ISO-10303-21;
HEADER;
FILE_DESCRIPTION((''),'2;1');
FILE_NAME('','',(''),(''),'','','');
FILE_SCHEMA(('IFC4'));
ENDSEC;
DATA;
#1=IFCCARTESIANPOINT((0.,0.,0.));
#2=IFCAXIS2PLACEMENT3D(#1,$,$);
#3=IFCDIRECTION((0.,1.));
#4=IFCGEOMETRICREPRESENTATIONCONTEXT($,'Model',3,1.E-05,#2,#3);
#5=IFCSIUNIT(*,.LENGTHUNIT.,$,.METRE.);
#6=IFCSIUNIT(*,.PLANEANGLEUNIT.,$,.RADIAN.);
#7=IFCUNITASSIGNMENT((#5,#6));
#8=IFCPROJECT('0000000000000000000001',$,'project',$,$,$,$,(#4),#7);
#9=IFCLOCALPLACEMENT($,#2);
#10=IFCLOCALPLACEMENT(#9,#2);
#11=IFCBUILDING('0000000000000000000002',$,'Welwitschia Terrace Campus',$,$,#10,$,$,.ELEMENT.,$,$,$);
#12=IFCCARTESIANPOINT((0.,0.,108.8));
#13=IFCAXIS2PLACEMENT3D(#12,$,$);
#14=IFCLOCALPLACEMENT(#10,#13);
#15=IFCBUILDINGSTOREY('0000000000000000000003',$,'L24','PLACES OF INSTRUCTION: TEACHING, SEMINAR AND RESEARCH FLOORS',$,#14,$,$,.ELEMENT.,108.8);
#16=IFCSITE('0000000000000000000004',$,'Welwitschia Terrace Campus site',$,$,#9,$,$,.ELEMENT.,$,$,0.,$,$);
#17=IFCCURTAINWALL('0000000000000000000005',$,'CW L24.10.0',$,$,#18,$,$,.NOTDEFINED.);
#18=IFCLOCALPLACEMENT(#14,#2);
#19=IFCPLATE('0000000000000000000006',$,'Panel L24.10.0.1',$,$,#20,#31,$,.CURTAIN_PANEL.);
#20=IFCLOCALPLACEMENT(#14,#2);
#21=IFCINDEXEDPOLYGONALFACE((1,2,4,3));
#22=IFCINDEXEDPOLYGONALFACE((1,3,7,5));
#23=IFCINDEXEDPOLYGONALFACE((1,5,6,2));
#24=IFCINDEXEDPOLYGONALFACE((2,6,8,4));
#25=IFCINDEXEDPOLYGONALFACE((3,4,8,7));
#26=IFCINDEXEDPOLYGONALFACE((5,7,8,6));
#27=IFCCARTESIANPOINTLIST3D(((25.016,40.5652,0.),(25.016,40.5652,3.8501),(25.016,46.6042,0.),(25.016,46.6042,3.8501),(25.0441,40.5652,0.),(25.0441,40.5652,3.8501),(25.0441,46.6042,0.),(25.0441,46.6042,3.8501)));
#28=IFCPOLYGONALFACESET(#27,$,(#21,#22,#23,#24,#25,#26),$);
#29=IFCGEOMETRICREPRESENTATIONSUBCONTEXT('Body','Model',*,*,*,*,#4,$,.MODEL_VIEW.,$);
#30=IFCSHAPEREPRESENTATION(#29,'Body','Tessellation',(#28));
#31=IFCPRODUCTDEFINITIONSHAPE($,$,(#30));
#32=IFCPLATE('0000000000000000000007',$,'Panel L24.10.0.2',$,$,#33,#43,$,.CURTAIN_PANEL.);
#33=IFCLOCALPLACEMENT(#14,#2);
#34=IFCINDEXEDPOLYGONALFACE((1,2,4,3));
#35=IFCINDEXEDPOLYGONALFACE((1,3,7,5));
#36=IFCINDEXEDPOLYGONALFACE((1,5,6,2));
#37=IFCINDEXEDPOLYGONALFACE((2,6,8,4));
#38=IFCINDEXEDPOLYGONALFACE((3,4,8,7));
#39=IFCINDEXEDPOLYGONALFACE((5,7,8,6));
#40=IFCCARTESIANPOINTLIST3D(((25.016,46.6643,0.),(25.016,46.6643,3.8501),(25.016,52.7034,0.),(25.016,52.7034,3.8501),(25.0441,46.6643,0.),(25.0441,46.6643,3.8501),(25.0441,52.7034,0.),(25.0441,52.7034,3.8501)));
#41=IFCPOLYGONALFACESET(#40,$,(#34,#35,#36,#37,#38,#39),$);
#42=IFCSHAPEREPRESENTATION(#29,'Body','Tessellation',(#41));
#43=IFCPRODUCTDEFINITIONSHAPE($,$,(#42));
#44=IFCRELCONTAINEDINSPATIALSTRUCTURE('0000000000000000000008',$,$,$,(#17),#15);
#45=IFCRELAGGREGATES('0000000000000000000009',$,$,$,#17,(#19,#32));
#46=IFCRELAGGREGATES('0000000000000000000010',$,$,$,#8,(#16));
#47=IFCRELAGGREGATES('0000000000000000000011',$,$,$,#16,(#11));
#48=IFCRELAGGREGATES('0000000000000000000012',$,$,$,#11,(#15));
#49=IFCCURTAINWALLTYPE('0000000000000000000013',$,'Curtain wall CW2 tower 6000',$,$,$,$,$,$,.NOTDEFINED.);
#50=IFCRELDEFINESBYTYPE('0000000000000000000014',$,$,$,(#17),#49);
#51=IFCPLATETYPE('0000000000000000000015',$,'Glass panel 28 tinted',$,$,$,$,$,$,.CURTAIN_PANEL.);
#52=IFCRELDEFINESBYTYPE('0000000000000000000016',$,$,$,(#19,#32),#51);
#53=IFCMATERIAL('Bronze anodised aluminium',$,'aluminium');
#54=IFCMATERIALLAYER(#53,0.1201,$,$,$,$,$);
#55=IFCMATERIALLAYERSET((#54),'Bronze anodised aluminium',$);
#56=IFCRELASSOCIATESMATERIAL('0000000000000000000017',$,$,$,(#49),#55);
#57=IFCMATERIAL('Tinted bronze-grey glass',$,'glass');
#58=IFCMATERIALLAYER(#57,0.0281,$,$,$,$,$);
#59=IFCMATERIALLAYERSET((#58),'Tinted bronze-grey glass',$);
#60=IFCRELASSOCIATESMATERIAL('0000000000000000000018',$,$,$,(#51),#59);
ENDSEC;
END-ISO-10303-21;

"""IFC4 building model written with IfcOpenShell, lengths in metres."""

from ifc_helpers import new_model, si_unit, direction, frame, origin, origin_2d, place, context, subcontext, project, spatial, rectangle, extrude, material, layer, layer_set, type_object, element, aggregate, save


model = new_model("IFC4")

# Units and contexts
model_context = context("Model", 3, precision=1e-05, world=origin(), true_north=direction((0.0, 1.0)))
body_context = subcontext(model_context, "Body", "Model", "MODEL_VIEW")
ifc_project = project(units=[si_unit("LENGTHUNIT", "METRE"), si_unit("PLANEANGLEUNIT", "RADIAN")], contexts=[model_context])

# Site, building, storey
site_placement = place(None, origin())
site = spatial("IfcSite", under=ifc_project, at=site_placement, Name="Welwitschia Terrace Campus site", CompositionType="ELEMENT", RefElevation=0.0)
building_placement = place(site_placement, origin())
building = spatial("IfcBuilding", under=site, at=building_placement, Name="Welwitschia Terrace Campus", CompositionType="ELEMENT")
storey_placement = place(building_placement, frame((0.0, 0.0, 108.8)))
storey = spatial("IfcBuildingStorey", under=building, at=storey_placement, Name="L24", Description="PLACES OF INSTRUCTION: TEACHING, SEMINAR AND RESEARCH FLOORS", CompositionType="ELEMENT", Elevation=108.8)

# Shared definitions
ifc_material_1 = material(Name="Bronze anodised aluminium", Category="aluminium")
ifc_layer_1 = layer(ifc_material_1, 0.1201)
ifc_layer_set_1 = layer_set([ifc_layer_1], Name="Bronze anodised aluminium")
curtain_wall_type = type_object("IfcCurtainWallType", Name="Curtain wall CW2 tower 6000", PredefinedType="NOTDEFINED", material=ifc_layer_set_1)

# Curtain wall
curtain_wall_1_placement = place(storey_placement, origin())
curtain_wall_1 = element("IfcCurtainWall", 1, at=curtain_wall_1_placement, inside=storey, type_object=curtain_wall_type, Name="CW L24.10.0", PredefinedType="NOTDEFINED")

# Plates
ifc_material_2 = material(Name="Tinted bronze-grey glass", Category="glass")
ifc_layer_2 = layer(ifc_material_2, 0.0281)
ifc_layer_set_2 = layer_set([ifc_layer_2], Name="Tinted bronze-grey glass")
plate_type = type_object("IfcPlateType", Name="Glass panel 28 tinted", PredefinedType="CURTAIN_PANEL", material=ifc_layer_set_2)
plate_1_placement = place(storey_placement, frame((25.03, 43.5847, 0.0), z_axis=(0.0, 0.0, 1.0), x_axis=(0.0, 1.0, 0.0)))
plate_1 = element("IfcPlate", 2, at=plate_1_placement, type_object=plate_type, Name="Panel L24.10.0.1", PredefinedType="CURTAIN_PANEL", context=body_context, shape_type="SweptSolid", body=[
    extrude(rectangle(XDim=6.0391, YDim=0.0281, at=origin_2d()), origin(), (0.0, 0.0, 1.0), 3.8501),
])
plate_2_placement = place(storey_placement, frame((25.03, 49.6838, 0.0), z_axis=(0.0, 0.0, 1.0), x_axis=(0.0, 1.0, 0.0)))
plate_2 = element("IfcPlate", 3, at=plate_2_placement, type_object=plate_type, Name="Panel L24.10.0.2", PredefinedType="CURTAIN_PANEL", context=body_context, shape_type="SweptSolid", body=[
    extrude(rectangle(XDim=6.0391, YDim=0.0281, at=origin_2d()), origin(), (0.0, 0.0, 1.0), 3.8501),
])
aggregate(curtain_wall_1, [plate_1, plate_2])

save(model, "model.ifc")
